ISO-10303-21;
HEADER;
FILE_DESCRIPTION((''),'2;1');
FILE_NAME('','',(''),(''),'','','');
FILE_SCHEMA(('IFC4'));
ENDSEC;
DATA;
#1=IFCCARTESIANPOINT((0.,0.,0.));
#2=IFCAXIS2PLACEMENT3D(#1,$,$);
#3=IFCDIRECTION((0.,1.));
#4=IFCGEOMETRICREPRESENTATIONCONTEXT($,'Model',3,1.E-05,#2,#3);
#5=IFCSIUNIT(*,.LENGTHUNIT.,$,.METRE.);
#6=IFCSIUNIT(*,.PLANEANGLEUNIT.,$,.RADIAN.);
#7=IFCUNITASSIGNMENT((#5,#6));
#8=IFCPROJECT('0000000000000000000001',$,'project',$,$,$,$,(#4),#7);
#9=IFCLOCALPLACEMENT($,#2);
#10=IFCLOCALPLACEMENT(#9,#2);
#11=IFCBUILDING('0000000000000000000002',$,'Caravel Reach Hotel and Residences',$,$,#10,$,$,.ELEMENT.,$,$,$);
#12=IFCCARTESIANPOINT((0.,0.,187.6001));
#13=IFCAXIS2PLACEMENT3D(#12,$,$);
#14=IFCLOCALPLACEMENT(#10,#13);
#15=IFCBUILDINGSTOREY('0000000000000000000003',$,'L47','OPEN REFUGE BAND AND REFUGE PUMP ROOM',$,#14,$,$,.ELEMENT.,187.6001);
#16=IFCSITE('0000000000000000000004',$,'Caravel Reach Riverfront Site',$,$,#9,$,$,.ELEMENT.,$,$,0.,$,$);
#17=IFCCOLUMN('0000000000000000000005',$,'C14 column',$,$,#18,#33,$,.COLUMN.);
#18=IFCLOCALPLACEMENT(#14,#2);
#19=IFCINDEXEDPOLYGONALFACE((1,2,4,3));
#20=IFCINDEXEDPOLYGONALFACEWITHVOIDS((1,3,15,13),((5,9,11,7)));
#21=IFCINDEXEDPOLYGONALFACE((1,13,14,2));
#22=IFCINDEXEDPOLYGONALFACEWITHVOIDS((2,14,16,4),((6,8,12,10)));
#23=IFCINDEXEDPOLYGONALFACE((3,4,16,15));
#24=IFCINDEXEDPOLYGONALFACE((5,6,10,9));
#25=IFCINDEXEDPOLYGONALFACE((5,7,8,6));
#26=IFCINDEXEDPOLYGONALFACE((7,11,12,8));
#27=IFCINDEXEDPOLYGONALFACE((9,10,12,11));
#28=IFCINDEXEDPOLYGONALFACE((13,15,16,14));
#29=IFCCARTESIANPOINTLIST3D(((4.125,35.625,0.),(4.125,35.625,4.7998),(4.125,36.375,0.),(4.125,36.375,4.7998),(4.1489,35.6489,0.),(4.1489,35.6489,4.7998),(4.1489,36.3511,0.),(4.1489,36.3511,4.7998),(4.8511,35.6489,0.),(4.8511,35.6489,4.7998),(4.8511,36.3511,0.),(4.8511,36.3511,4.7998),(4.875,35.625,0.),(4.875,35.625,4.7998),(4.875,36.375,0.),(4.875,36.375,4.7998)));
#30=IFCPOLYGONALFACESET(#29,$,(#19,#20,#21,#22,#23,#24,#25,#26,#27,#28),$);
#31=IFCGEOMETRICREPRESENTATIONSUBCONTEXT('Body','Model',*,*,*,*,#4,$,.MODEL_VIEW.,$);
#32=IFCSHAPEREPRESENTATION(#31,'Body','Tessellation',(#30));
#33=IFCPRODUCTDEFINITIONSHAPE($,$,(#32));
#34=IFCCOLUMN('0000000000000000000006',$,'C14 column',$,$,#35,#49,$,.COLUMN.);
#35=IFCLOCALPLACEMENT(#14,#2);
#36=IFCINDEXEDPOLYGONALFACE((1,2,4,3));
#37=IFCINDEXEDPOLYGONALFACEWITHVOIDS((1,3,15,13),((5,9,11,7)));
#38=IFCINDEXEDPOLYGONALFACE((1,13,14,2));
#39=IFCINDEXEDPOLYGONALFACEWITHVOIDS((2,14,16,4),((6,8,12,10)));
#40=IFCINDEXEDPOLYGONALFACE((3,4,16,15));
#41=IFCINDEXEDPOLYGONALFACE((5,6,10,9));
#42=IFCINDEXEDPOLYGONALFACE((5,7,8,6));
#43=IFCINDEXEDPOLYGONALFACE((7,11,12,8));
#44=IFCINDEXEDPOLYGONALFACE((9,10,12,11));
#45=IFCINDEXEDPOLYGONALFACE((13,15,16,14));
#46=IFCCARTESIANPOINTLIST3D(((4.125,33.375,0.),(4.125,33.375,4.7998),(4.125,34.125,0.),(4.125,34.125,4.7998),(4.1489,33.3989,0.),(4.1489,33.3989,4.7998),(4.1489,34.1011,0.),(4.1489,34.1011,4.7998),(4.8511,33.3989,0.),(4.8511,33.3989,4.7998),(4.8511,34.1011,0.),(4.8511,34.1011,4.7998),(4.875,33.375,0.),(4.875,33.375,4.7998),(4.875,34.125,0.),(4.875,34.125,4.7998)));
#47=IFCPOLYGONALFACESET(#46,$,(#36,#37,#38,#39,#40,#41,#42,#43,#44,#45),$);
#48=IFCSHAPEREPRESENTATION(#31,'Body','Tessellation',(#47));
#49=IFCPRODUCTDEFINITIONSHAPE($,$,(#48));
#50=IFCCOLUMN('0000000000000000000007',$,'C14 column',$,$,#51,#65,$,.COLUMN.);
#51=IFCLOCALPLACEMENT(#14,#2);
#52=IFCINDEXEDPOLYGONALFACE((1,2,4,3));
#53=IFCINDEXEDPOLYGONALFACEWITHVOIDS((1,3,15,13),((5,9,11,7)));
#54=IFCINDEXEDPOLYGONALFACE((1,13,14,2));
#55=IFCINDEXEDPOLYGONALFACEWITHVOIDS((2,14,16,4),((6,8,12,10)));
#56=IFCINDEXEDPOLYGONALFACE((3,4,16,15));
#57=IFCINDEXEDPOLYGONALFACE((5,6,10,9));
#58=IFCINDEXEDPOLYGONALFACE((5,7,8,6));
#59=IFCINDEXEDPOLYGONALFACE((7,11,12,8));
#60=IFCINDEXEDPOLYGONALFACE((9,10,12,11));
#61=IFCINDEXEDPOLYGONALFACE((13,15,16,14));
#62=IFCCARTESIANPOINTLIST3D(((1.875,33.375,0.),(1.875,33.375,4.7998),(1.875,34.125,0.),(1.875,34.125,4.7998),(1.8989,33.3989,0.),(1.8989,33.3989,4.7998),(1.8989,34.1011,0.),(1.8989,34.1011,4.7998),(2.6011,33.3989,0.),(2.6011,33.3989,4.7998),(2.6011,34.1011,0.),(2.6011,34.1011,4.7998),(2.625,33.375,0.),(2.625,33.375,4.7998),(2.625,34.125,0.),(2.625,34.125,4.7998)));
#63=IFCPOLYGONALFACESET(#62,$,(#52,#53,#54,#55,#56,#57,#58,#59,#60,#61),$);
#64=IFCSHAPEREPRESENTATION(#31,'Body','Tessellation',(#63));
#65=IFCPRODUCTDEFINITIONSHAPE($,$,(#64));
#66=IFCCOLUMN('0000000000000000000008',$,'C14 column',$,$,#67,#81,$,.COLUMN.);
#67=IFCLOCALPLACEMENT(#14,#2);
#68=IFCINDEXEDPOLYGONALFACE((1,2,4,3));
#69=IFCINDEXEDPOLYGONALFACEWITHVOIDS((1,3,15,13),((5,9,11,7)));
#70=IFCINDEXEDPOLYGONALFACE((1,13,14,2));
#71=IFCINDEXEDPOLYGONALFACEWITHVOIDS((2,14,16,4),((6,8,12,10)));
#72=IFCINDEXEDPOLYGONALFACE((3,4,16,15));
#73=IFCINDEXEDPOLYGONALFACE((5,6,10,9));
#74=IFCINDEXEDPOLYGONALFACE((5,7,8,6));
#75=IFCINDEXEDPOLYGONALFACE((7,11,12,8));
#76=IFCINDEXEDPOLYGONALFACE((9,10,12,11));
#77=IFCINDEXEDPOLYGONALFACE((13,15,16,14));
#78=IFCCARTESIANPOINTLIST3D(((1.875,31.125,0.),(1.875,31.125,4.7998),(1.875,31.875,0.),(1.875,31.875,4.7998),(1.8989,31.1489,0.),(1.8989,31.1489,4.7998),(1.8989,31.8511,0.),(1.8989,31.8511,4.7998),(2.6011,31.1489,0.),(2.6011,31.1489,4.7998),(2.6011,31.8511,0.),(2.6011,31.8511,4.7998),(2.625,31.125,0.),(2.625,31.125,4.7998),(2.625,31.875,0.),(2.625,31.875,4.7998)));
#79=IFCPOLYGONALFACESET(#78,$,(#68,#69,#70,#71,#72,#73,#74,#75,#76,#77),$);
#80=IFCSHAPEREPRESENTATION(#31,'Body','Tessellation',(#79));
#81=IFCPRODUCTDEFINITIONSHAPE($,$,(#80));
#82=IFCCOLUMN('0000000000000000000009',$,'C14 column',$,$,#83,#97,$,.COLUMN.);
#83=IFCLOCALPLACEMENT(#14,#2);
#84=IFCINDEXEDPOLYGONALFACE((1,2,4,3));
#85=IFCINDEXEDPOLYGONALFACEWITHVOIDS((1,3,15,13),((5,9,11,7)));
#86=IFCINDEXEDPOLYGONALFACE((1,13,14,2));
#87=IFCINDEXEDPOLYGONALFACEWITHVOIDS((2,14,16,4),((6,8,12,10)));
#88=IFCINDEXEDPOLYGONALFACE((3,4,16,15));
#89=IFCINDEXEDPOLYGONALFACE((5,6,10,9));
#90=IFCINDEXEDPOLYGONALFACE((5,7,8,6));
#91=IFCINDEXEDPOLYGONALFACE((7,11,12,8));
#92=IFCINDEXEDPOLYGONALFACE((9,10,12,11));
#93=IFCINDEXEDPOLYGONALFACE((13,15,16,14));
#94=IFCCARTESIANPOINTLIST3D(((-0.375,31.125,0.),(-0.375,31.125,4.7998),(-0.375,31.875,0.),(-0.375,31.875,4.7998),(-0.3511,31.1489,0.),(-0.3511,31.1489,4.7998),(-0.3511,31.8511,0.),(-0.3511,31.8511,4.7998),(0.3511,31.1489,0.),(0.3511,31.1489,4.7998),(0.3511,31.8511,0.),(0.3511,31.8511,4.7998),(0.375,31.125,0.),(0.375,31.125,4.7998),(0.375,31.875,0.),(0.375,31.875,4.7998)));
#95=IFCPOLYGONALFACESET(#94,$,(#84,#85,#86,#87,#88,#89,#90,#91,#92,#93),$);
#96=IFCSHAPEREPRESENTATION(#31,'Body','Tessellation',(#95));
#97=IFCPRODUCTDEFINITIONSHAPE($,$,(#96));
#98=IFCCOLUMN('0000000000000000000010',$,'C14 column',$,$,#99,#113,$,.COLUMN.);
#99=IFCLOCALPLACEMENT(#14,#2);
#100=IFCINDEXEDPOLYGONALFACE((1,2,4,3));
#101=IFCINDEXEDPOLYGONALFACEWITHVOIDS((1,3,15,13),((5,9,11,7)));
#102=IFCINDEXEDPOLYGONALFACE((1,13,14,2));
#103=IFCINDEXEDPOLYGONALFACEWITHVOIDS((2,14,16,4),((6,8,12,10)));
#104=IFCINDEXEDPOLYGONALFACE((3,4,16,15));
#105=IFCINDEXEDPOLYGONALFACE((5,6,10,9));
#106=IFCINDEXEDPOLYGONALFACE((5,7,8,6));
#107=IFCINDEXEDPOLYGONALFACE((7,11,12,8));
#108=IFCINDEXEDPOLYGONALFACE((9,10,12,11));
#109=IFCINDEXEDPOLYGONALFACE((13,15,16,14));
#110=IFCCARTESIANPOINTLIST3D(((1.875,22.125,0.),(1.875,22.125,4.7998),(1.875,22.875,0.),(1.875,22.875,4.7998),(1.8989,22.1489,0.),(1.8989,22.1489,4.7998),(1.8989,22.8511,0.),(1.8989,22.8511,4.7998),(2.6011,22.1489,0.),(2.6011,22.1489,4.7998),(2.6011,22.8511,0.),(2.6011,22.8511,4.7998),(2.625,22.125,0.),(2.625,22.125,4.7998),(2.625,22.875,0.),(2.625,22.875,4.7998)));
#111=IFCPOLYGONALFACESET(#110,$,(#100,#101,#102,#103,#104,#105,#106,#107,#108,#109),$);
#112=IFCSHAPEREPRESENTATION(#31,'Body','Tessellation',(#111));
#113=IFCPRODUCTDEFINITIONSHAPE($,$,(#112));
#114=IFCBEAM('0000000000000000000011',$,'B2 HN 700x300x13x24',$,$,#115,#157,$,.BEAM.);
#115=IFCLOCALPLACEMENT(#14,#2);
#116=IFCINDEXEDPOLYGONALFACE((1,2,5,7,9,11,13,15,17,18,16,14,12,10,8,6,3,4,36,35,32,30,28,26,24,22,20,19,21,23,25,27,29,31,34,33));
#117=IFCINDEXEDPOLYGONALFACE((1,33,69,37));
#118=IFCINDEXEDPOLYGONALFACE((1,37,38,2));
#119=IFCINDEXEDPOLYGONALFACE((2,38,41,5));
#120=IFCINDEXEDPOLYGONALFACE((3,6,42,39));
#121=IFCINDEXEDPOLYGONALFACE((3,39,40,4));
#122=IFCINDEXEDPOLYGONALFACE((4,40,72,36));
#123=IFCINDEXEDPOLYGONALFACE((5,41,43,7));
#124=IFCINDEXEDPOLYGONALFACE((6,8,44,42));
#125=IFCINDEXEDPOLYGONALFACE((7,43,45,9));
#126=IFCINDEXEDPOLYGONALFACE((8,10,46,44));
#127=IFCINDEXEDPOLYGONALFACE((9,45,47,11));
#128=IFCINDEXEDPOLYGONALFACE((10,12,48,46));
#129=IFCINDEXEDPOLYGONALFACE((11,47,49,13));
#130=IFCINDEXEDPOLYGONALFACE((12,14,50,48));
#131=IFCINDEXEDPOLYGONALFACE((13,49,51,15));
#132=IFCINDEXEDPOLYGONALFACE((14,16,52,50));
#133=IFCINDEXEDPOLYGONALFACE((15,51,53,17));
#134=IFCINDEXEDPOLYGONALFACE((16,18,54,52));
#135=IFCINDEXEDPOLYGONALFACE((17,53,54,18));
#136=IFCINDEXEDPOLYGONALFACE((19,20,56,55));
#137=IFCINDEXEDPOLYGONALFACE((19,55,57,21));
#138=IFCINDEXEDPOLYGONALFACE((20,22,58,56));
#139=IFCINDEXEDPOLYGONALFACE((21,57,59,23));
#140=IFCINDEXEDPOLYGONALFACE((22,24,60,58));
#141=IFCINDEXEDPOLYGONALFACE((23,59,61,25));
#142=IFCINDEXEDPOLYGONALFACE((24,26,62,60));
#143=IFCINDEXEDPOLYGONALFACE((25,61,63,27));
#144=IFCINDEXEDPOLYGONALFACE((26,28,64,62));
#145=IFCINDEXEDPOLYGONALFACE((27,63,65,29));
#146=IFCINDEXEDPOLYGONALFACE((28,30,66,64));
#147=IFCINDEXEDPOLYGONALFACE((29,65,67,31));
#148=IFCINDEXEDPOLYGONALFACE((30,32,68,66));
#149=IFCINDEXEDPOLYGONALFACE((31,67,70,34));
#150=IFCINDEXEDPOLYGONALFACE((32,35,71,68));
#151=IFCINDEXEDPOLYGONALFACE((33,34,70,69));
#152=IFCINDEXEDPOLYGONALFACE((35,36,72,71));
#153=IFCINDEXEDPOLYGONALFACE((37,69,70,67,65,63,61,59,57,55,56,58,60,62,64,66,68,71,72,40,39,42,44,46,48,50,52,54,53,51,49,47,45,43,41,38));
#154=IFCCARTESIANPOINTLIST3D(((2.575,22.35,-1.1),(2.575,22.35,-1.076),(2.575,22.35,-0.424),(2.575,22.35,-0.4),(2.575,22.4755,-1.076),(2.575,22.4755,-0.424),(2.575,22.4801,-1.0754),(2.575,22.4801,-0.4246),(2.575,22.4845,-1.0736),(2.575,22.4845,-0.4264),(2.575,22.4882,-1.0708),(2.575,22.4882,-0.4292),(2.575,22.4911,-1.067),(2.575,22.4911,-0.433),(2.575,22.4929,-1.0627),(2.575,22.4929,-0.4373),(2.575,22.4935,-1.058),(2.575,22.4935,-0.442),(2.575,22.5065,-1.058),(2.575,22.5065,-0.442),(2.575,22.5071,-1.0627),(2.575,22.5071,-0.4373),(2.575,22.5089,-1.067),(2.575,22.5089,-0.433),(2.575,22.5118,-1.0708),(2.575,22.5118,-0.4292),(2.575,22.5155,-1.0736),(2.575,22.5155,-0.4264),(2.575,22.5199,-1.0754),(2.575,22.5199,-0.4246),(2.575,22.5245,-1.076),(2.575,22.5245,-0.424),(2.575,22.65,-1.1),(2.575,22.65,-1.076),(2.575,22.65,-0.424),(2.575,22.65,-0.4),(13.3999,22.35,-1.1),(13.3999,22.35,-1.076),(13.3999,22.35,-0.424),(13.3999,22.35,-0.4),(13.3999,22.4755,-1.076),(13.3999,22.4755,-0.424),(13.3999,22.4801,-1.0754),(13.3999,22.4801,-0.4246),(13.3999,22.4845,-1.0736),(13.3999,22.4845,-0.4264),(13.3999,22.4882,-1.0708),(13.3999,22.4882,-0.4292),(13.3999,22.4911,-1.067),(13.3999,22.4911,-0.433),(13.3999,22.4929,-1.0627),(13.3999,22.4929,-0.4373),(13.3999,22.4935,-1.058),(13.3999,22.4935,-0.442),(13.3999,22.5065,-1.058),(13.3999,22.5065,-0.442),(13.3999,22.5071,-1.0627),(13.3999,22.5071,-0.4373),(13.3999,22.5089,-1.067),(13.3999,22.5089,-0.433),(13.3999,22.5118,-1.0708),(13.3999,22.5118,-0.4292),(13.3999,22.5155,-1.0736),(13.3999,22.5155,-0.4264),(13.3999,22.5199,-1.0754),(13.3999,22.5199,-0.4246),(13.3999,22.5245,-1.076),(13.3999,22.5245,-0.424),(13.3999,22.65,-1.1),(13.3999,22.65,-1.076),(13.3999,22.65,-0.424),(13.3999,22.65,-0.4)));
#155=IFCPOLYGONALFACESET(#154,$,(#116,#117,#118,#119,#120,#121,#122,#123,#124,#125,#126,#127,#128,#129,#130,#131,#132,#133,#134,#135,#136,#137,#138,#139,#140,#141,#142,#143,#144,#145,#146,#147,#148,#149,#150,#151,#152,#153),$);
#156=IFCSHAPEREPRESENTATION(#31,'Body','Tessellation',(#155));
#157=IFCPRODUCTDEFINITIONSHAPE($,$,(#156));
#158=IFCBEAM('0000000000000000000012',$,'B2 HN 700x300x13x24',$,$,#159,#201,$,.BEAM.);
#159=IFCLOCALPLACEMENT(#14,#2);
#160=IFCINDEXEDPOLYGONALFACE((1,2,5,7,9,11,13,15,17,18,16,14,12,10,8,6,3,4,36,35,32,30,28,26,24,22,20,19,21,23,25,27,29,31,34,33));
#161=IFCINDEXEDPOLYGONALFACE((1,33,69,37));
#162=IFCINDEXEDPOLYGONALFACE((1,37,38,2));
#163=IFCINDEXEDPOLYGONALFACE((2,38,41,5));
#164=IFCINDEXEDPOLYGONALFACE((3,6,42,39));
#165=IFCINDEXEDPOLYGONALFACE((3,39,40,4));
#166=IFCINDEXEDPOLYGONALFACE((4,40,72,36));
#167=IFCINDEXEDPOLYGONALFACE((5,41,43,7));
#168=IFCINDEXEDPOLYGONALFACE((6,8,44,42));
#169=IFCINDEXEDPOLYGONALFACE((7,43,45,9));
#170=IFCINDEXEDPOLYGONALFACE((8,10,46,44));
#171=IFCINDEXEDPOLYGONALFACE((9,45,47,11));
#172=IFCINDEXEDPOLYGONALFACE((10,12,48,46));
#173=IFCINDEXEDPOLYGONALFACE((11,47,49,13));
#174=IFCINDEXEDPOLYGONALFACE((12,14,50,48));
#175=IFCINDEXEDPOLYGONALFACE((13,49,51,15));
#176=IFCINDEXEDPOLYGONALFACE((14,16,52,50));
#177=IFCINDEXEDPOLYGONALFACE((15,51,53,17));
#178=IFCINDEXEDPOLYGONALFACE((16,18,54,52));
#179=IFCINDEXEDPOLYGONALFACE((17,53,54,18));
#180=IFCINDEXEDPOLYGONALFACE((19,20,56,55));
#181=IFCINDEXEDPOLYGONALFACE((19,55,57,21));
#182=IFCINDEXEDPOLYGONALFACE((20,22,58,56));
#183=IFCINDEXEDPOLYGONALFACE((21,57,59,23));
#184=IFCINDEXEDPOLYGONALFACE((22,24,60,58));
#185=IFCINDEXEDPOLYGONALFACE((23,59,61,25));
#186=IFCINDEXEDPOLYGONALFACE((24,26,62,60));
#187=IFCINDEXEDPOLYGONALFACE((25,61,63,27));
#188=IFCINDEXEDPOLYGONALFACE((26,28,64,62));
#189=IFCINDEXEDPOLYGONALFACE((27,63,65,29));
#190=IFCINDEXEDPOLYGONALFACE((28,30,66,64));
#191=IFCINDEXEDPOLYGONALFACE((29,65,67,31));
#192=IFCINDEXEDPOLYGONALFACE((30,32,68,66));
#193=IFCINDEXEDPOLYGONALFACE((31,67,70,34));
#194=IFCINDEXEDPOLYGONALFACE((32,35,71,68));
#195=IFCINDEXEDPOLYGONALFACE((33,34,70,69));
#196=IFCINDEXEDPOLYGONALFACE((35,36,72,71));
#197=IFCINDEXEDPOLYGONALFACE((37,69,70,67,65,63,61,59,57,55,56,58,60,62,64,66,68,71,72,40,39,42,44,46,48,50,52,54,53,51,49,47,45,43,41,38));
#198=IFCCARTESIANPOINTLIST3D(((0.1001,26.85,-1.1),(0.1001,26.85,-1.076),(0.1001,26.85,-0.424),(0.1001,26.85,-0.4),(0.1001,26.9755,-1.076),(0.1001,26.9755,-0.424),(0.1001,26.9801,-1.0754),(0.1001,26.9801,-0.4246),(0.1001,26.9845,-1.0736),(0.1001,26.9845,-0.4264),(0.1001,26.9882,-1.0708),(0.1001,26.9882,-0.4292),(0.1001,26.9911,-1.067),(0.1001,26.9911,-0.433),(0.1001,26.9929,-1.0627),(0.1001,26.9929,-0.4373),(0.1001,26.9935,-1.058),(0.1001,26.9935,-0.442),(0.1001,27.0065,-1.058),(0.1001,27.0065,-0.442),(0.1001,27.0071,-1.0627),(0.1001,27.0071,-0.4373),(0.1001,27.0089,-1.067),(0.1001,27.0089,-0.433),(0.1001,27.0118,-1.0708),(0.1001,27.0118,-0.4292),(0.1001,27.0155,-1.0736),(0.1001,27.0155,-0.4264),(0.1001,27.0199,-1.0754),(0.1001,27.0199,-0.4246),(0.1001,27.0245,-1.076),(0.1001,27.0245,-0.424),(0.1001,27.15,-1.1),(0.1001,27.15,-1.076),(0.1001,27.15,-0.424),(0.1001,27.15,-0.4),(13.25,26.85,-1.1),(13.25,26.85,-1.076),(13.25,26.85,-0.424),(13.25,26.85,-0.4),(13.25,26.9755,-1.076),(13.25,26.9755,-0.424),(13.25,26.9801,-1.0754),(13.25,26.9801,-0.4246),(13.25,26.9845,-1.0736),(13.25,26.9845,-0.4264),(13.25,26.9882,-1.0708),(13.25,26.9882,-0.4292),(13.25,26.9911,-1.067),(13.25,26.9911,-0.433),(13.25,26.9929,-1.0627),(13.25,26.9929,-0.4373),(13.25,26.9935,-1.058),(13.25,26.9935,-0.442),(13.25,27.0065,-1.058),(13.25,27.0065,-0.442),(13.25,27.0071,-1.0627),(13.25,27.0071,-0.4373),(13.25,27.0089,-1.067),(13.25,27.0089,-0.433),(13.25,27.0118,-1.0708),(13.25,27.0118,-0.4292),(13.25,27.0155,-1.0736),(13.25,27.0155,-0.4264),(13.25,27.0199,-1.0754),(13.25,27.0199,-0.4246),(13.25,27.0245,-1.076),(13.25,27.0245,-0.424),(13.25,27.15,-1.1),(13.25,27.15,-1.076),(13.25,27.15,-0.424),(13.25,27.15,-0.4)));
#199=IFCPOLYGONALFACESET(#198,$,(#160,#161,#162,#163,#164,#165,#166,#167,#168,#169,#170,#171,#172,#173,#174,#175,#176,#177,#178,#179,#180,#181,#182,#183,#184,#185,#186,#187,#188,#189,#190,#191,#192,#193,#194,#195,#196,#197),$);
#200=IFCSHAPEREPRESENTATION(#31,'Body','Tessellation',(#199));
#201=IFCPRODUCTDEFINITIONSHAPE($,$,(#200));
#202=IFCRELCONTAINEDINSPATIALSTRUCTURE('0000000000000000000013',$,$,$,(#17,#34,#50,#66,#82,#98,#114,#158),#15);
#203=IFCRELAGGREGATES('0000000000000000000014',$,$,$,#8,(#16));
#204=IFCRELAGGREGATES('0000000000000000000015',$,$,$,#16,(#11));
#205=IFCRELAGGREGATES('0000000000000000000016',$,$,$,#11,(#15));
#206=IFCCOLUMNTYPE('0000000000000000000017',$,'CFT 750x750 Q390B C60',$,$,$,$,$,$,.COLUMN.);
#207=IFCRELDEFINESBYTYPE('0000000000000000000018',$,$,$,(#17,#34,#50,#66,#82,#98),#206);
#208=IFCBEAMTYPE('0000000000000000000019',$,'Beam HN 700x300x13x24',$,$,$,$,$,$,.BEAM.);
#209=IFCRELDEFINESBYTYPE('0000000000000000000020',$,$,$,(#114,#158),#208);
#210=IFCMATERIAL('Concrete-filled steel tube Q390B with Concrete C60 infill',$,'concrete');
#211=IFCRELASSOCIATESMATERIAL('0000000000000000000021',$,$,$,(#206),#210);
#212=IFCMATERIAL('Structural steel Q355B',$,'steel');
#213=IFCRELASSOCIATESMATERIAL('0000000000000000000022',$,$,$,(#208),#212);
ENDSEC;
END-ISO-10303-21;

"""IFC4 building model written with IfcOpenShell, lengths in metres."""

from ifc_helpers import new_model, si_unit, direction, frame, origin, origin_2d, place, context, subcontext, project, spatial, hollow_rectangle, i_section, extrude, material, material_profile, profile_set, type_object, element, save


model = new_model("IFC4")

# Units and contexts
model_context = context("Model", 3, precision=1e-05, world=origin(), true_north=direction((0.0, 1.0)))
body_context = subcontext(model_context, "Body", "Model", "MODEL_VIEW")
ifc_project = project(units=[si_unit("LENGTHUNIT", "METRE"), si_unit("PLANEANGLEUNIT", "RADIAN")], contexts=[model_context])

# Site, building, storey
site_placement = place(None, origin())
site = spatial("IfcSite", under=ifc_project, at=site_placement, Name="Caravel Reach Riverfront Site", CompositionType="ELEMENT", RefElevation=0.0)
building_placement = place(site_placement, origin())
building = spatial("IfcBuilding", under=site, at=building_placement, Name="Caravel Reach Hotel and Residences", CompositionType="ELEMENT")
storey_placement = place(building_placement, frame((0.0, 0.0, 187.6001)))
storey = spatial("IfcBuildingStorey", under=building, at=storey_placement, Name="L47", Description="OPEN REFUGE BAND AND REFUGE PUMP ROOM", CompositionType="ELEMENT", Elevation=187.6001)

# Columns
ifc_material_1 = material(Name="Concrete-filled steel tube Q390B with Concrete C60 infill", Category="concrete")
ifc_material_profile_1 = material_profile(ifc_material_1, hollow_rectangle(XDim=0.75, YDim=0.75, WallThickness=0.0239, at=origin_2d()), Name="RHS 750x750x24")
ifc_profile_set_1 = profile_set([ifc_material_profile_1], Name="Concrete-filled steel tube Q390B with Concrete C60 infill")
column_type = type_object("IfcColumnType", Name="CFT 750x750 Q390B C60", PredefinedType="COLUMN", material=ifc_profile_set_1)
for number, where, z_axis, x_axis, name in (
    (1, (4.5, 36.0, 0.0), (0.0, 0.0, 1.0), (1.0, 0.0, 0.0), "C14 column"),
    (2, (4.5, 33.75, 0.0), (0.0, 0.0, 1.0), (1.0, 0.0, 0.0), "C14 column"),
    (3, (2.25, 33.75, 0.0), (0.0, 0.0, 1.0), (1.0, 0.0, 0.0), "C14 column"),
    (4, (2.25, 31.5, 0.0), (0.0, 0.0, 1.0), (1.0, 0.0, 0.0), "C14 column"),
    (5, (0.0, 31.5, 0.0), (0.0, 0.0, 1.0), (1.0, 0.0, 0.0), "C14 column"),
    (6, (2.25, 22.5, 0.0), (0.0, 0.0, 1.0), (1.0, 0.0, 0.0), "C14 column"),
):
    element("IfcColumn", number, at=place(storey_placement, frame(where, z_axis=z_axis, x_axis=x_axis)), inside=storey, type_object=column_type, Name=name, PredefinedType="COLUMN", context=body_context, shape_type="SweptSolid", body=[
        extrude(hollow_rectangle(XDim=0.75, YDim=0.75, WallThickness=0.0239, at=origin_2d()), origin(), (0.0, 0.0, 1.0), 4.7998),
    ])

# Beams
ifc_material_2 = material(Name="Structural steel Q355B", Category="steel")
ifc_material_profile_2 = material_profile(ifc_material_2, i_section(OverallWidth=0.3, OverallDepth=0.7, WebThickness=0.0129, FlangeThickness=0.0239, FilletRadius=0.0181, at=origin_2d()), Name="HN 700x300x13x24")
ifc_profile_set_2 = profile_set([ifc_material_profile_2], Name="Structural steel Q355B")
beam_type_1 = type_object("IfcBeamType", Name="Beam HN 700x300x13x24", PredefinedType="BEAM", material=ifc_profile_set_2)
beam_1_placement = place(storey_placement, frame((13.3999, 22.5, -0.75), z_axis=(-1.0, 0.0, 0.0), x_axis=(0.0, -1.0, 0.0)))
element("IfcBeam", 7, at=beam_1_placement, inside=storey, type_object=beam_type_1, Name="B2 HN 700x300x13x24", PredefinedType="BEAM", context=body_context, shape_type="SweptSolid", body=[
    extrude(i_section(OverallWidth=0.3, OverallDepth=0.7, WebThickness=0.0129, FlangeThickness=0.0239, FilletRadius=0.0181, at=origin_2d()), origin(), (0.0, 0.0, 1.0), 10.825),
])
beam_2_placement = place(storey_placement, frame((13.25, 27.0, -0.75), z_axis=(-1.0, 0.0, 0.0), x_axis=(0.0, -1.0, 0.0)))
element("IfcBeam", 8, at=beam_2_placement, inside=storey, type_object=beam_type_1, Name="B2 HN 700x300x13x24", PredefinedType="BEAM", context=body_context, shape_type="SweptSolid", body=[
    extrude(i_section(OverallWidth=0.3, OverallDepth=0.7, WebThickness=0.0129, FlangeThickness=0.0239, FilletRadius=0.0181, at=origin_2d()), origin(), (0.0, 0.0, 1.0), 13.1499),
])

save(model, "model.ifc")
